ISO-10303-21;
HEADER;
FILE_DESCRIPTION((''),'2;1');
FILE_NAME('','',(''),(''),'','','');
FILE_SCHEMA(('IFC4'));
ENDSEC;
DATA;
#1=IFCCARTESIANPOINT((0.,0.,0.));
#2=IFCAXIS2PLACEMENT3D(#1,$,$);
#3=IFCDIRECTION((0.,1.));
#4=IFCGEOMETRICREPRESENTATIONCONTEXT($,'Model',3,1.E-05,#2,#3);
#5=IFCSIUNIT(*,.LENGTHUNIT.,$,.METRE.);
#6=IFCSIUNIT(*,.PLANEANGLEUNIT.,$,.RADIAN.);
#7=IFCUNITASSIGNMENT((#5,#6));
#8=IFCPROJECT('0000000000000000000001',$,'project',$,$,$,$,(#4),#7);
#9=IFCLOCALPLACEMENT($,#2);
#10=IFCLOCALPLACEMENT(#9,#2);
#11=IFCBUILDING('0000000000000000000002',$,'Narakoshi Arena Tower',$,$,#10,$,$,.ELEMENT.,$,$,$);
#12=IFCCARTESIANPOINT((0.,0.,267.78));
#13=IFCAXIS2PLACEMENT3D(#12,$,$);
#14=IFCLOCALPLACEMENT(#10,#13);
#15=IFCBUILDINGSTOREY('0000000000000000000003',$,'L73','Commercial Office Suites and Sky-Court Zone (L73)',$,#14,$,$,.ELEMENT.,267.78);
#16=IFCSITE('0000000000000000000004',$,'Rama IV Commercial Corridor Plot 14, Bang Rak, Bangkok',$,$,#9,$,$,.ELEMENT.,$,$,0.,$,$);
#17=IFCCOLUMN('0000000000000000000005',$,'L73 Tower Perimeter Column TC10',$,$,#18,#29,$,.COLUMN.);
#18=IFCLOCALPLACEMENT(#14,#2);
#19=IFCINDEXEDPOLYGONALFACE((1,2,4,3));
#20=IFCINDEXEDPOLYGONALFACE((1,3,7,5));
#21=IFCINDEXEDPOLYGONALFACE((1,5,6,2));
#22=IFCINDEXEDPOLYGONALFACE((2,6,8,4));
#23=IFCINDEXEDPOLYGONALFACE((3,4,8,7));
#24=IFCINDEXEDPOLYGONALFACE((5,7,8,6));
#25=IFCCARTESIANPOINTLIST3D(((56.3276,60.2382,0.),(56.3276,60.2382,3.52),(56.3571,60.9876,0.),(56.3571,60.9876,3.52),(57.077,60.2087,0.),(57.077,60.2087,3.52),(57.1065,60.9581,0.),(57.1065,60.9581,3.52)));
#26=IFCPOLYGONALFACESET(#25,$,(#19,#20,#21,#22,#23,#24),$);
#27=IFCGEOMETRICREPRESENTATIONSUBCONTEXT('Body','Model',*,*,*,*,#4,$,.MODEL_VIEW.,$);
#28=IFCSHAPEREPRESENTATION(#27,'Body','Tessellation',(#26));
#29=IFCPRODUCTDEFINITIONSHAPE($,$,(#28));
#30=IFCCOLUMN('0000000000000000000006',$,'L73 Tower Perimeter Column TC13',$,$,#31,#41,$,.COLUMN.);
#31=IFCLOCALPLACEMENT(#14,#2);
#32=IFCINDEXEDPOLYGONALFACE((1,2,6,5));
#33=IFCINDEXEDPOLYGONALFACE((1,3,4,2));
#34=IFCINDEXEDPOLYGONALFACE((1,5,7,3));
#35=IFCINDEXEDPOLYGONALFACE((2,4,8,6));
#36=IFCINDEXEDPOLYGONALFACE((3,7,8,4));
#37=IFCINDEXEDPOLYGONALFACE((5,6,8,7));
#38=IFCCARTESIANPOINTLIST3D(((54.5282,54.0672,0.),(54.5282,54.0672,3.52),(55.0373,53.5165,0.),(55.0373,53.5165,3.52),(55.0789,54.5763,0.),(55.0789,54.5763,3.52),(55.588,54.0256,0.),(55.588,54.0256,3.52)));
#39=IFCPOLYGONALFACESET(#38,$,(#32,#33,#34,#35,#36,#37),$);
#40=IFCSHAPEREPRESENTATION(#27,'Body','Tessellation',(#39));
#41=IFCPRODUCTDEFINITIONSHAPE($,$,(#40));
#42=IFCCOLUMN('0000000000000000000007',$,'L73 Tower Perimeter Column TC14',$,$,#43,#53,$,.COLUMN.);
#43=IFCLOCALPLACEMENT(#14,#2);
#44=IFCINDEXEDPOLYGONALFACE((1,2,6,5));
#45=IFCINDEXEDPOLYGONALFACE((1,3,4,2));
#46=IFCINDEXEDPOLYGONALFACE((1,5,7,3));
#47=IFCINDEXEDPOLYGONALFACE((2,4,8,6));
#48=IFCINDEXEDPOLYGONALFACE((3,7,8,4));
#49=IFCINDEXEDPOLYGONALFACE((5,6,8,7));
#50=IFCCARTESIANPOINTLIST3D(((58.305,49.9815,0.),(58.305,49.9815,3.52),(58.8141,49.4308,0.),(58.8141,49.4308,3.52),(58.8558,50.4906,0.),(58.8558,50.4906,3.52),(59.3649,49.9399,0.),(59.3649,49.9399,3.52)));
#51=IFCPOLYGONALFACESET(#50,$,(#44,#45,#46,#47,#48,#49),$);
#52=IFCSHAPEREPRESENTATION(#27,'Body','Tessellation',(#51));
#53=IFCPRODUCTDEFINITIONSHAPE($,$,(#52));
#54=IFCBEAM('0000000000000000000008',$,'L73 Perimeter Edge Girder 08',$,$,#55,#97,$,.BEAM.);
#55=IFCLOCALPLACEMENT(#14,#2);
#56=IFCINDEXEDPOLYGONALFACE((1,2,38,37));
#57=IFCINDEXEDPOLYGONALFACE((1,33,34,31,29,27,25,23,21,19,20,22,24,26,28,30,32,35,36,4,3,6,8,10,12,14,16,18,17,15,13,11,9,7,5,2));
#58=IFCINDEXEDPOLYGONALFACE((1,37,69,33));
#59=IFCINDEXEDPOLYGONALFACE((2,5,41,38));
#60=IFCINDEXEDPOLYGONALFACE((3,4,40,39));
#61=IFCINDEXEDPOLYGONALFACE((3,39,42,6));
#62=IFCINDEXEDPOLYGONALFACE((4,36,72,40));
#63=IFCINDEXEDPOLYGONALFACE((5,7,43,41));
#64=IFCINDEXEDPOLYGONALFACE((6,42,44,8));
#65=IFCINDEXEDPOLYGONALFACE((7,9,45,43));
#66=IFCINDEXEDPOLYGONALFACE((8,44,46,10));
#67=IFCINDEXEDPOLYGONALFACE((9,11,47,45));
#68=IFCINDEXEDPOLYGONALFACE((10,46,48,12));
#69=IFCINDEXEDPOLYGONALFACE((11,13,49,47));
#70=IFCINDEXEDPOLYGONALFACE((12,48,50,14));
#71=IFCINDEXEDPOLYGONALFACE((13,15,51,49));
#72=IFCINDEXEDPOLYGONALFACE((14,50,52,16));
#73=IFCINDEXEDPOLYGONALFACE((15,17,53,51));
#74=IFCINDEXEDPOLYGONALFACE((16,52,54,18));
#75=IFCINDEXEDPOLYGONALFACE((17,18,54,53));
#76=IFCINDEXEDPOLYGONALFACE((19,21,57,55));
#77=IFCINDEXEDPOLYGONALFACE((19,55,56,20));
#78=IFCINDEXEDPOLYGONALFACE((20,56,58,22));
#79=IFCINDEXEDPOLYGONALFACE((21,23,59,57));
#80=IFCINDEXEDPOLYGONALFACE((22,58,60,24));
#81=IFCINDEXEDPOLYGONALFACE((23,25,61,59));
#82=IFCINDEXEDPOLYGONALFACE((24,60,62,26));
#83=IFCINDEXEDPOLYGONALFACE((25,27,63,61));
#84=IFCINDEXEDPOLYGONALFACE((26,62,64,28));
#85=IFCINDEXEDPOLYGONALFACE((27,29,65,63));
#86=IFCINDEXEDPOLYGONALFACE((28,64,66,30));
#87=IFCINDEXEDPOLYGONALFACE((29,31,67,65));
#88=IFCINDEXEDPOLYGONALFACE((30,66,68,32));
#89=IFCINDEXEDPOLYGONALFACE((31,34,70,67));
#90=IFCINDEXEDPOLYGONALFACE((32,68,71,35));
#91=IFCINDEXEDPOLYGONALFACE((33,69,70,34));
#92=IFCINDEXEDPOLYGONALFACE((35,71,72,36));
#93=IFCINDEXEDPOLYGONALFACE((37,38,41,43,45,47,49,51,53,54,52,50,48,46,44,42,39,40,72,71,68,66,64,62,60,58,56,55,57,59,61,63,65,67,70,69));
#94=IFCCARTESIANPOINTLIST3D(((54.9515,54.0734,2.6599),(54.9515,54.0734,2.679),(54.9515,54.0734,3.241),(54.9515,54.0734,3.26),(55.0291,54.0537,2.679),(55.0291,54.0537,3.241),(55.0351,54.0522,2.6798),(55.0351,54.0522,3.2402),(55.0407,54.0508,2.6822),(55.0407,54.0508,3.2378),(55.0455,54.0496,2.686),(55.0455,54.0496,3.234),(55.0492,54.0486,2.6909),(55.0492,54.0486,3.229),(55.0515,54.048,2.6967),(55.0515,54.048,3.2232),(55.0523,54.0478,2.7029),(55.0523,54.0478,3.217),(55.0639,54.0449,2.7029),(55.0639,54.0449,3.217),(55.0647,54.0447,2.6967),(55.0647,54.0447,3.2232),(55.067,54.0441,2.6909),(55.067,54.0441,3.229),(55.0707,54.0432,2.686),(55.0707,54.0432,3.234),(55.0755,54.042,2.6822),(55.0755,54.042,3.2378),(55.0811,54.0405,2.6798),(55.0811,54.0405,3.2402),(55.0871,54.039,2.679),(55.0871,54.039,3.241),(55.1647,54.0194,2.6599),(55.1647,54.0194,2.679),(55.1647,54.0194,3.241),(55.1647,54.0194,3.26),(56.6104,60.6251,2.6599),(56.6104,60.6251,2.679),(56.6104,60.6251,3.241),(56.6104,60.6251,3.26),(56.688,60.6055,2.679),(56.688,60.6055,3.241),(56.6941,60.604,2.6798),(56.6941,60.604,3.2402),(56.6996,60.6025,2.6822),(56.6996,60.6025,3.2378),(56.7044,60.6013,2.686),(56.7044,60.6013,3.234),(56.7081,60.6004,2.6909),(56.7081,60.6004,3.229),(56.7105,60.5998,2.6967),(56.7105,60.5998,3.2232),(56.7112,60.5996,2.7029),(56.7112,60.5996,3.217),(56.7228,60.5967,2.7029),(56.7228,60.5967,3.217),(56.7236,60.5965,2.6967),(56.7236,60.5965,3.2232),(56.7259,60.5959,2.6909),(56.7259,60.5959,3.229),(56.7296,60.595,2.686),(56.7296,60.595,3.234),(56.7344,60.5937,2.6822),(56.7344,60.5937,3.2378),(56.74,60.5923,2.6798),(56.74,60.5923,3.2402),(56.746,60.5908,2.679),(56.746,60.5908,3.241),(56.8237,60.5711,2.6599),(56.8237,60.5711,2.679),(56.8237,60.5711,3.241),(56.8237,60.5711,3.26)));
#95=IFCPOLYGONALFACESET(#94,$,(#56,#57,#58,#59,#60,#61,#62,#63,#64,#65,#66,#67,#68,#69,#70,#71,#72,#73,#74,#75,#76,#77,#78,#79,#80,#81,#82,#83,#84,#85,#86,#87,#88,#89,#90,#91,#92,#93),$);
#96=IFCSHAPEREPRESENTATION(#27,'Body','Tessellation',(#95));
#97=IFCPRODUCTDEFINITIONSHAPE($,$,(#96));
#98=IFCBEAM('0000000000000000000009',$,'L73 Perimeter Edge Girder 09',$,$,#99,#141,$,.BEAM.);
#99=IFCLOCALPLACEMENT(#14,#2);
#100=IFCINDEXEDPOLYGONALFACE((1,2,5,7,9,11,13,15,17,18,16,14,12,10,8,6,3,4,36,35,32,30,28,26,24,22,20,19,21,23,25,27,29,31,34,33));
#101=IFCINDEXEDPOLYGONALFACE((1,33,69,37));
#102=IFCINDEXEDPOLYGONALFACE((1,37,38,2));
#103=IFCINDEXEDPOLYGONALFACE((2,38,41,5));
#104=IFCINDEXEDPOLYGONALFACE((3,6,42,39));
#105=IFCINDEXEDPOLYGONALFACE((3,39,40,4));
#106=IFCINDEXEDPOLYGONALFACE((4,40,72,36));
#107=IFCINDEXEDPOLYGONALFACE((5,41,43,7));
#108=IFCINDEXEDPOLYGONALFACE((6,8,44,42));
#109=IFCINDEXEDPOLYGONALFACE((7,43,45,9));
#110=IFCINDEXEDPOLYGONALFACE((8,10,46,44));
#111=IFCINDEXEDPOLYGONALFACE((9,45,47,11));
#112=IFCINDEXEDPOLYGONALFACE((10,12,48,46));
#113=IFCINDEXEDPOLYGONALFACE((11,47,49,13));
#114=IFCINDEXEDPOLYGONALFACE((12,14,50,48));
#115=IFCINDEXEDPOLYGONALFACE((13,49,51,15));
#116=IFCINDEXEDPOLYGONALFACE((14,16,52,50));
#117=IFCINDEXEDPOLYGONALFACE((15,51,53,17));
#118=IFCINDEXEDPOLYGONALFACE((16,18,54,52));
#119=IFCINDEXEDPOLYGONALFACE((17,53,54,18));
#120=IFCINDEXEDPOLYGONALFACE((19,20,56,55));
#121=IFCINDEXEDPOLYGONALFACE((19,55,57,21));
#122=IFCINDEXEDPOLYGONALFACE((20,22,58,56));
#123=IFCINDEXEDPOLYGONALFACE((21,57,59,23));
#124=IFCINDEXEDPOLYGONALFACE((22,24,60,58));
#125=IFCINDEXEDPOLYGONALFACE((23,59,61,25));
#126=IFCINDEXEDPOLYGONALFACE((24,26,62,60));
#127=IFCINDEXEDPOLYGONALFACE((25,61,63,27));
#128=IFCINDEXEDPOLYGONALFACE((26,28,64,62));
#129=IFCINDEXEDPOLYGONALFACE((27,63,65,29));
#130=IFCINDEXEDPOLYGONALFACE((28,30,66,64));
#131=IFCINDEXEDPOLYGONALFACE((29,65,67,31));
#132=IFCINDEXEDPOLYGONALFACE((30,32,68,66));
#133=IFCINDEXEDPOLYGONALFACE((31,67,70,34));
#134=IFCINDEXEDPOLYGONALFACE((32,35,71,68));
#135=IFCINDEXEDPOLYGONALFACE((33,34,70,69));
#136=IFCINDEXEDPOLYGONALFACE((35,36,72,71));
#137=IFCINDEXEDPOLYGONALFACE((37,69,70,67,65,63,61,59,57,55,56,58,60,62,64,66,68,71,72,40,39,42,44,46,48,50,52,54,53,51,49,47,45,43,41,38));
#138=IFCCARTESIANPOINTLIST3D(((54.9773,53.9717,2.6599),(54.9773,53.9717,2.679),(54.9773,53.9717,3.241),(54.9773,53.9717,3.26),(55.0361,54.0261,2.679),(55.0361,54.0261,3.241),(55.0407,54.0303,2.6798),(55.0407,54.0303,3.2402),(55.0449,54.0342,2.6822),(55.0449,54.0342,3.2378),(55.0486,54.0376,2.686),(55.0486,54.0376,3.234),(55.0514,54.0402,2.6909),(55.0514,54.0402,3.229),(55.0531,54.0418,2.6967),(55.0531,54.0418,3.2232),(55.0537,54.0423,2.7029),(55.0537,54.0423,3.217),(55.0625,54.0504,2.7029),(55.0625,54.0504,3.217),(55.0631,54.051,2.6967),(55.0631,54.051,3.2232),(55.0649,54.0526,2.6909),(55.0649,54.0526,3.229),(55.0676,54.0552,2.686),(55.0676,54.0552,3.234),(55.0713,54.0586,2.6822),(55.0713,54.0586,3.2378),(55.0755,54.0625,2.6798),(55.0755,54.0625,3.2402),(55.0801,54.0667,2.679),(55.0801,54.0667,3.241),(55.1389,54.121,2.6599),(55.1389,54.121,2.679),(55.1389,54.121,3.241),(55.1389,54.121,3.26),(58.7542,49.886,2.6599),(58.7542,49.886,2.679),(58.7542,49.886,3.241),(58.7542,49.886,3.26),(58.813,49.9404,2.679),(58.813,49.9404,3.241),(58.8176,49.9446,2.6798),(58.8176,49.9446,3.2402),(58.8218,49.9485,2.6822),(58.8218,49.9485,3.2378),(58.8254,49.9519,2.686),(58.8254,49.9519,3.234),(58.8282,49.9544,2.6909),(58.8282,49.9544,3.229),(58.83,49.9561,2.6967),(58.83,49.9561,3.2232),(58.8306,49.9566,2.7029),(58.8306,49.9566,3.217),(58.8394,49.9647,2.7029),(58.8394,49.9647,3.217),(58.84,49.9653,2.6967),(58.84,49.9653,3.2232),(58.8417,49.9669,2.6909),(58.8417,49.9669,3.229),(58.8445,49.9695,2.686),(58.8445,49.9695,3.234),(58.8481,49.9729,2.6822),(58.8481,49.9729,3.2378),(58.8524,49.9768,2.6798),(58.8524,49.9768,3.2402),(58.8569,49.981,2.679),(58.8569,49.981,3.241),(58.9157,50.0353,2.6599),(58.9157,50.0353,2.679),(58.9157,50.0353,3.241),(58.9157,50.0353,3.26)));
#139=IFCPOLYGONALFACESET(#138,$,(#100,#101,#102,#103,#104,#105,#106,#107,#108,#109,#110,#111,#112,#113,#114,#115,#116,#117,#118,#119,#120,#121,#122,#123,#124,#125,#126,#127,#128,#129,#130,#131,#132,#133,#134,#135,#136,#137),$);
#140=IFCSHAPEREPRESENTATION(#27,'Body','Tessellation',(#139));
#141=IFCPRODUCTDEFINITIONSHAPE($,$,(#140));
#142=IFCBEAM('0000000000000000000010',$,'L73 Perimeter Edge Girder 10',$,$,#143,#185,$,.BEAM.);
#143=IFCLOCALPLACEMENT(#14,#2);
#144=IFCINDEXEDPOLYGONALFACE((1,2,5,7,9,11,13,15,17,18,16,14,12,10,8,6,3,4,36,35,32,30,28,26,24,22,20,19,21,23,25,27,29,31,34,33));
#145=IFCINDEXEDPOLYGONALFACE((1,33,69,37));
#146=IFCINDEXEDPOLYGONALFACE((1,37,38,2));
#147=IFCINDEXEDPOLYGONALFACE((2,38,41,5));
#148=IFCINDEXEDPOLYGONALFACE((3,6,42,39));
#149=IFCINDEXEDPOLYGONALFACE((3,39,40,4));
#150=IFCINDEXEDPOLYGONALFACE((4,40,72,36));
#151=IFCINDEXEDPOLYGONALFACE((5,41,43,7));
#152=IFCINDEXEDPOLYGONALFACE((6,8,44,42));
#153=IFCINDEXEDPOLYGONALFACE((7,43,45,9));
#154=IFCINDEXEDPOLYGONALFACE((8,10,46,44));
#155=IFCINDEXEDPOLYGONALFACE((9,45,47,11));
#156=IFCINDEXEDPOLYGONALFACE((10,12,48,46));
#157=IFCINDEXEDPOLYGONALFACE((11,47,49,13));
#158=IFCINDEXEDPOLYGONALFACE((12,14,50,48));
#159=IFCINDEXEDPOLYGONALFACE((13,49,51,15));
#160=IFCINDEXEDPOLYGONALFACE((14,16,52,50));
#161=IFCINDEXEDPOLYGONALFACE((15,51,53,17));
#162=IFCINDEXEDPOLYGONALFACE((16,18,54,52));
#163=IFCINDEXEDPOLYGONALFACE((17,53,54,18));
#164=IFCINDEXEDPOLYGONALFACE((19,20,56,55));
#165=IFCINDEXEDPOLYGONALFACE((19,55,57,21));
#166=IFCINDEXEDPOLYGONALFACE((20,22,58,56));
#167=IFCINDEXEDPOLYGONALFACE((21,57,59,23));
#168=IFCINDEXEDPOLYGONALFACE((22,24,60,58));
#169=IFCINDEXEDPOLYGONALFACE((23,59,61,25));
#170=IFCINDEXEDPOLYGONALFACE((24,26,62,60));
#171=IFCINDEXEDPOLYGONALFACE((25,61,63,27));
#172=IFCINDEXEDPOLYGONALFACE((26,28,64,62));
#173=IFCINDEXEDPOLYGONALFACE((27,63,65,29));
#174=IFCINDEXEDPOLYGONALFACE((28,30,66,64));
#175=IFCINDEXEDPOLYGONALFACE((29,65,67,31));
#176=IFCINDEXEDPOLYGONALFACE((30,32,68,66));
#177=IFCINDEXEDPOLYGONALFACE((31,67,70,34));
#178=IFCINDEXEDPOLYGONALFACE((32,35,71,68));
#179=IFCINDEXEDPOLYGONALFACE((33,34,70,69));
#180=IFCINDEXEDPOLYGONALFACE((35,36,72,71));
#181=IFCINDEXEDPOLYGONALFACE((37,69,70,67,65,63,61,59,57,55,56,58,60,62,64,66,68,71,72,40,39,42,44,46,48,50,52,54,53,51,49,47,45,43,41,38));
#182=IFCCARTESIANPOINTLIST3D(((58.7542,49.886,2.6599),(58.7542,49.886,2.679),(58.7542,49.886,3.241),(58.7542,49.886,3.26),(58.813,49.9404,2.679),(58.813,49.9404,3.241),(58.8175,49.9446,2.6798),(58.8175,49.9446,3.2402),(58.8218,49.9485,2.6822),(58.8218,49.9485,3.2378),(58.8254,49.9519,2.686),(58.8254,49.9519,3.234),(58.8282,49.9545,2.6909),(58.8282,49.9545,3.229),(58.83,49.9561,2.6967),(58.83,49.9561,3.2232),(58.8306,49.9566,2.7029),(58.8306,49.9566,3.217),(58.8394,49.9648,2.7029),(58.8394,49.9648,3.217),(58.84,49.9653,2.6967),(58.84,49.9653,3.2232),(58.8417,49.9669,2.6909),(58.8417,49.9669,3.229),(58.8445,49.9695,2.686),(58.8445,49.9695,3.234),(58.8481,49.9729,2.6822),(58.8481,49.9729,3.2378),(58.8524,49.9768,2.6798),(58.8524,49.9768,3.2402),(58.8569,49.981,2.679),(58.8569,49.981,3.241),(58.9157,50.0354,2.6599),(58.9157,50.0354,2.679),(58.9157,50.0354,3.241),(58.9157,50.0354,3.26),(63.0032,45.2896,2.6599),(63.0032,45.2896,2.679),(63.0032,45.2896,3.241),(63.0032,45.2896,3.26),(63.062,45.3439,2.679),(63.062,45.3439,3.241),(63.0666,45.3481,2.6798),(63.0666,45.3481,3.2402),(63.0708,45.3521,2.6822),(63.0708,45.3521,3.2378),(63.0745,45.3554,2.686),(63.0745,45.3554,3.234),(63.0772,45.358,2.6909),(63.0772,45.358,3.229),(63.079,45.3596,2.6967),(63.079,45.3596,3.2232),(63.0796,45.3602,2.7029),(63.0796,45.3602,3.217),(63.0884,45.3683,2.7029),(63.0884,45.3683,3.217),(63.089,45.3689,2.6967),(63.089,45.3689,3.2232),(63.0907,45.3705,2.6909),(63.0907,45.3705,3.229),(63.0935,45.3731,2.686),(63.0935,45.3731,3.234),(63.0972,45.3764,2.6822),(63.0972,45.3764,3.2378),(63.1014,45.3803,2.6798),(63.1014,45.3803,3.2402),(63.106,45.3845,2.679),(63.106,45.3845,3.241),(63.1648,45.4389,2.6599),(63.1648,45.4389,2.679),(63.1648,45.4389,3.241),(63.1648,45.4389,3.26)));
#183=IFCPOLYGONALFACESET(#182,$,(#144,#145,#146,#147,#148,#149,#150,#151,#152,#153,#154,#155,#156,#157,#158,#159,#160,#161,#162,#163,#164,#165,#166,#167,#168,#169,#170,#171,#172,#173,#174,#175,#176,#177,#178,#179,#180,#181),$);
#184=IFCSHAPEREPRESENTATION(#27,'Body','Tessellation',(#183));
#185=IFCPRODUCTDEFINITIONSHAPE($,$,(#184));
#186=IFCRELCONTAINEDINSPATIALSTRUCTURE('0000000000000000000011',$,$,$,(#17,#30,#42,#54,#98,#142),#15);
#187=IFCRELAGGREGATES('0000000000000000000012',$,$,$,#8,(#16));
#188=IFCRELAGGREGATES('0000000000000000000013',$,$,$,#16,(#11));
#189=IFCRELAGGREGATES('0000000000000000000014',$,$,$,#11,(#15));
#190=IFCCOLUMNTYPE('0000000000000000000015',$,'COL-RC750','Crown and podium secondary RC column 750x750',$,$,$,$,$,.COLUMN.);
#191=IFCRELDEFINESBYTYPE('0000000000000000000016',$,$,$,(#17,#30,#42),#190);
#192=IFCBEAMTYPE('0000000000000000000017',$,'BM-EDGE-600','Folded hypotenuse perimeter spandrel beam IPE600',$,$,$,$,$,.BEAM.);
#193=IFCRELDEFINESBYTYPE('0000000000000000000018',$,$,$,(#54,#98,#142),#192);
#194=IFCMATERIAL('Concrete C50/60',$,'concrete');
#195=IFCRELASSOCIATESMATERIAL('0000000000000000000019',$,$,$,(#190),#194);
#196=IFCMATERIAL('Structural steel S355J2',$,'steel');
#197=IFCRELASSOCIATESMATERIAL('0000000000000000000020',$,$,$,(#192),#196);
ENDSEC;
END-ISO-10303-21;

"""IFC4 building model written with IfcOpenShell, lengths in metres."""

from ifc_helpers import new_model, si_unit, direction, frame, origin, origin_2d, place, context, subcontext, project, spatial, rectangle, i_section, extrude, material, material_profile, profile_set, type_object, element, save


model = new_model("IFC4")

# Units and contexts
model_context = context("Model", 3, precision=1e-05, world=origin(), true_north=direction((0.0, 1.0)))
body_context = subcontext(model_context, "Body", "Model", "MODEL_VIEW")
ifc_project = project(units=[si_unit("LENGTHUNIT", "METRE"), si_unit("PLANEANGLEUNIT", "RADIAN")], contexts=[model_context])

# Site, building, storey
site_placement = place(None, origin())
site = spatial("IfcSite", under=ifc_project, at=site_placement, Name="Rama IV Commercial Corridor Plot 14, Bang Rak, Bangkok", CompositionType="ELEMENT", RefElevation=0.0)
building_placement = place(site_placement, origin())
building = spatial("IfcBuilding", under=site, at=building_placement, Name="Narakoshi Arena Tower", CompositionType="ELEMENT")
storey_placement = place(building_placement, frame((0.0, 0.0, 267.78)))
storey = spatial("IfcBuildingStorey", under=building, at=storey_placement, Name="L73", Description="Commercial Office Suites and Sky-Court Zone (L73)", CompositionType="ELEMENT", Elevation=267.78)

# Columns
ifc_material_1 = material(Name="Concrete C50/60", Category="concrete")
ifc_material_profile_1 = material_profile(ifc_material_1, rectangle(XDim=0.75, YDim=0.75, at=origin_2d()), Name="RC750x750")
ifc_profile_set_1 = profile_set([ifc_material_profile_1], Name="Concrete C50/60")
column_type = type_object("IfcColumnType", Name="COL-RC750", Description="Crown and podium secondary RC column 750x750", PredefinedType="COLUMN", material=ifc_profile_set_1)
for number, where, z_axis, x_axis, name in (
    (1, (56.717, 60.5981, 0.0), (0.0, 0.0, 1.0), (0.03926, 0.999229, 0.0), "L73 Tower Perimeter Column TC10"),
    (2, (55.0581, 54.0464, 0.0), (0.0, 0.0, 1.0), (-0.678801, 0.734323, 0.0), "L73 Tower Perimeter Column TC13"),
    (3, (58.835, 49.9607, 0.0), (0.0, 0.0, 1.0), (-0.678801, 0.734323, 0.0), "L73 Tower Perimeter Column TC14"),
):
    element("IfcColumn", number, at=place(storey_placement, frame(where, z_axis=z_axis, x_axis=x_axis)), inside=storey, type_object=column_type, Name=name, PredefinedType="COLUMN", context=body_context, shape_type="SweptSolid", body=[
        extrude(rectangle(XDim=0.75, YDim=0.75, at=origin_2d()), origin(), (0.0, 0.0, 1.0), 3.52),
    ])

# Beams
ifc_material_2 = material(Name="Structural steel S355J2", Category="steel")
ifc_material_profile_2 = material_profile(ifc_material_2, i_section(OverallWidth=0.22, OverallDepth=0.6001, WebThickness=0.012, FlangeThickness=0.019, FilletRadius=0.0239, at=origin_2d()), Name="IPE600")
ifc_profile_set_2 = profile_set([ifc_material_profile_2], Name="Structural steel S355J2")
beam_type_1 = type_object("IfcBeamType", Name="BM-EDGE-600", Description="Folded hypotenuse perimeter spandrel beam IPE600", PredefinedType="BEAM", material=ifc_profile_set_2)
beam_1_placement = place(storey_placement, frame((56.717, 60.5981, 2.96), z_axis=(-0.245458, -0.969407, 0.0), x_axis=(0.969407, -0.245458, 0.0)))
element("IfcBeam", 4, at=beam_1_placement, inside=storey, type_object=beam_type_1, Name="L73 Perimeter Edge Girder 08", PredefinedType="BEAM", context=body_context, shape_type="SweptSolid", body=[
    extrude(i_section(OverallWidth=0.22, OverallDepth=0.6001, WebThickness=0.012, FlangeThickness=0.019, FilletRadius=0.0239, at=origin_2d()), origin(), (0.0, 0.0, 1.0), 6.7585),
])
beam_2_placement = place(storey_placement, frame((55.0581, 54.0464, 2.96), z_axis=(0.678808, -0.734315, 0.0), x_axis=(0.734315, 0.678808, 0.0)))
element("IfcBeam", 5, at=beam_2_placement, inside=storey, type_object=beam_type_1, Name="L73 Perimeter Edge Girder 09", PredefinedType="BEAM", context=body_context, shape_type="SweptSolid", body=[
    extrude(i_section(OverallWidth=0.22, OverallDepth=0.6001, WebThickness=0.012, FlangeThickness=0.019, FilletRadius=0.0239, at=origin_2d()), origin(), (0.0, 0.0, 1.0), 5.564),
])
beam_3_placement = place(storey_placement, frame((58.835, 49.9607, 2.96), z_axis=(0.678811, -0.734313, 0.0), x_axis=(0.734313, 0.678811, 0.0)))
element("IfcBeam", 6, at=beam_3_placement, inside=storey, type_object=beam_type_1, Name="L73 Perimeter Edge Girder 10", PredefinedType="BEAM", context=body_context, shape_type="SweptSolid", body=[
    extrude(i_section(OverallWidth=0.22, OverallDepth=0.6001, WebThickness=0.012, FlangeThickness=0.019, FilletRadius=0.0239, at=origin_2d()), origin(), (0.0, 0.0, 1.0), 6.2595),
])

save(model, "model.ifc")
